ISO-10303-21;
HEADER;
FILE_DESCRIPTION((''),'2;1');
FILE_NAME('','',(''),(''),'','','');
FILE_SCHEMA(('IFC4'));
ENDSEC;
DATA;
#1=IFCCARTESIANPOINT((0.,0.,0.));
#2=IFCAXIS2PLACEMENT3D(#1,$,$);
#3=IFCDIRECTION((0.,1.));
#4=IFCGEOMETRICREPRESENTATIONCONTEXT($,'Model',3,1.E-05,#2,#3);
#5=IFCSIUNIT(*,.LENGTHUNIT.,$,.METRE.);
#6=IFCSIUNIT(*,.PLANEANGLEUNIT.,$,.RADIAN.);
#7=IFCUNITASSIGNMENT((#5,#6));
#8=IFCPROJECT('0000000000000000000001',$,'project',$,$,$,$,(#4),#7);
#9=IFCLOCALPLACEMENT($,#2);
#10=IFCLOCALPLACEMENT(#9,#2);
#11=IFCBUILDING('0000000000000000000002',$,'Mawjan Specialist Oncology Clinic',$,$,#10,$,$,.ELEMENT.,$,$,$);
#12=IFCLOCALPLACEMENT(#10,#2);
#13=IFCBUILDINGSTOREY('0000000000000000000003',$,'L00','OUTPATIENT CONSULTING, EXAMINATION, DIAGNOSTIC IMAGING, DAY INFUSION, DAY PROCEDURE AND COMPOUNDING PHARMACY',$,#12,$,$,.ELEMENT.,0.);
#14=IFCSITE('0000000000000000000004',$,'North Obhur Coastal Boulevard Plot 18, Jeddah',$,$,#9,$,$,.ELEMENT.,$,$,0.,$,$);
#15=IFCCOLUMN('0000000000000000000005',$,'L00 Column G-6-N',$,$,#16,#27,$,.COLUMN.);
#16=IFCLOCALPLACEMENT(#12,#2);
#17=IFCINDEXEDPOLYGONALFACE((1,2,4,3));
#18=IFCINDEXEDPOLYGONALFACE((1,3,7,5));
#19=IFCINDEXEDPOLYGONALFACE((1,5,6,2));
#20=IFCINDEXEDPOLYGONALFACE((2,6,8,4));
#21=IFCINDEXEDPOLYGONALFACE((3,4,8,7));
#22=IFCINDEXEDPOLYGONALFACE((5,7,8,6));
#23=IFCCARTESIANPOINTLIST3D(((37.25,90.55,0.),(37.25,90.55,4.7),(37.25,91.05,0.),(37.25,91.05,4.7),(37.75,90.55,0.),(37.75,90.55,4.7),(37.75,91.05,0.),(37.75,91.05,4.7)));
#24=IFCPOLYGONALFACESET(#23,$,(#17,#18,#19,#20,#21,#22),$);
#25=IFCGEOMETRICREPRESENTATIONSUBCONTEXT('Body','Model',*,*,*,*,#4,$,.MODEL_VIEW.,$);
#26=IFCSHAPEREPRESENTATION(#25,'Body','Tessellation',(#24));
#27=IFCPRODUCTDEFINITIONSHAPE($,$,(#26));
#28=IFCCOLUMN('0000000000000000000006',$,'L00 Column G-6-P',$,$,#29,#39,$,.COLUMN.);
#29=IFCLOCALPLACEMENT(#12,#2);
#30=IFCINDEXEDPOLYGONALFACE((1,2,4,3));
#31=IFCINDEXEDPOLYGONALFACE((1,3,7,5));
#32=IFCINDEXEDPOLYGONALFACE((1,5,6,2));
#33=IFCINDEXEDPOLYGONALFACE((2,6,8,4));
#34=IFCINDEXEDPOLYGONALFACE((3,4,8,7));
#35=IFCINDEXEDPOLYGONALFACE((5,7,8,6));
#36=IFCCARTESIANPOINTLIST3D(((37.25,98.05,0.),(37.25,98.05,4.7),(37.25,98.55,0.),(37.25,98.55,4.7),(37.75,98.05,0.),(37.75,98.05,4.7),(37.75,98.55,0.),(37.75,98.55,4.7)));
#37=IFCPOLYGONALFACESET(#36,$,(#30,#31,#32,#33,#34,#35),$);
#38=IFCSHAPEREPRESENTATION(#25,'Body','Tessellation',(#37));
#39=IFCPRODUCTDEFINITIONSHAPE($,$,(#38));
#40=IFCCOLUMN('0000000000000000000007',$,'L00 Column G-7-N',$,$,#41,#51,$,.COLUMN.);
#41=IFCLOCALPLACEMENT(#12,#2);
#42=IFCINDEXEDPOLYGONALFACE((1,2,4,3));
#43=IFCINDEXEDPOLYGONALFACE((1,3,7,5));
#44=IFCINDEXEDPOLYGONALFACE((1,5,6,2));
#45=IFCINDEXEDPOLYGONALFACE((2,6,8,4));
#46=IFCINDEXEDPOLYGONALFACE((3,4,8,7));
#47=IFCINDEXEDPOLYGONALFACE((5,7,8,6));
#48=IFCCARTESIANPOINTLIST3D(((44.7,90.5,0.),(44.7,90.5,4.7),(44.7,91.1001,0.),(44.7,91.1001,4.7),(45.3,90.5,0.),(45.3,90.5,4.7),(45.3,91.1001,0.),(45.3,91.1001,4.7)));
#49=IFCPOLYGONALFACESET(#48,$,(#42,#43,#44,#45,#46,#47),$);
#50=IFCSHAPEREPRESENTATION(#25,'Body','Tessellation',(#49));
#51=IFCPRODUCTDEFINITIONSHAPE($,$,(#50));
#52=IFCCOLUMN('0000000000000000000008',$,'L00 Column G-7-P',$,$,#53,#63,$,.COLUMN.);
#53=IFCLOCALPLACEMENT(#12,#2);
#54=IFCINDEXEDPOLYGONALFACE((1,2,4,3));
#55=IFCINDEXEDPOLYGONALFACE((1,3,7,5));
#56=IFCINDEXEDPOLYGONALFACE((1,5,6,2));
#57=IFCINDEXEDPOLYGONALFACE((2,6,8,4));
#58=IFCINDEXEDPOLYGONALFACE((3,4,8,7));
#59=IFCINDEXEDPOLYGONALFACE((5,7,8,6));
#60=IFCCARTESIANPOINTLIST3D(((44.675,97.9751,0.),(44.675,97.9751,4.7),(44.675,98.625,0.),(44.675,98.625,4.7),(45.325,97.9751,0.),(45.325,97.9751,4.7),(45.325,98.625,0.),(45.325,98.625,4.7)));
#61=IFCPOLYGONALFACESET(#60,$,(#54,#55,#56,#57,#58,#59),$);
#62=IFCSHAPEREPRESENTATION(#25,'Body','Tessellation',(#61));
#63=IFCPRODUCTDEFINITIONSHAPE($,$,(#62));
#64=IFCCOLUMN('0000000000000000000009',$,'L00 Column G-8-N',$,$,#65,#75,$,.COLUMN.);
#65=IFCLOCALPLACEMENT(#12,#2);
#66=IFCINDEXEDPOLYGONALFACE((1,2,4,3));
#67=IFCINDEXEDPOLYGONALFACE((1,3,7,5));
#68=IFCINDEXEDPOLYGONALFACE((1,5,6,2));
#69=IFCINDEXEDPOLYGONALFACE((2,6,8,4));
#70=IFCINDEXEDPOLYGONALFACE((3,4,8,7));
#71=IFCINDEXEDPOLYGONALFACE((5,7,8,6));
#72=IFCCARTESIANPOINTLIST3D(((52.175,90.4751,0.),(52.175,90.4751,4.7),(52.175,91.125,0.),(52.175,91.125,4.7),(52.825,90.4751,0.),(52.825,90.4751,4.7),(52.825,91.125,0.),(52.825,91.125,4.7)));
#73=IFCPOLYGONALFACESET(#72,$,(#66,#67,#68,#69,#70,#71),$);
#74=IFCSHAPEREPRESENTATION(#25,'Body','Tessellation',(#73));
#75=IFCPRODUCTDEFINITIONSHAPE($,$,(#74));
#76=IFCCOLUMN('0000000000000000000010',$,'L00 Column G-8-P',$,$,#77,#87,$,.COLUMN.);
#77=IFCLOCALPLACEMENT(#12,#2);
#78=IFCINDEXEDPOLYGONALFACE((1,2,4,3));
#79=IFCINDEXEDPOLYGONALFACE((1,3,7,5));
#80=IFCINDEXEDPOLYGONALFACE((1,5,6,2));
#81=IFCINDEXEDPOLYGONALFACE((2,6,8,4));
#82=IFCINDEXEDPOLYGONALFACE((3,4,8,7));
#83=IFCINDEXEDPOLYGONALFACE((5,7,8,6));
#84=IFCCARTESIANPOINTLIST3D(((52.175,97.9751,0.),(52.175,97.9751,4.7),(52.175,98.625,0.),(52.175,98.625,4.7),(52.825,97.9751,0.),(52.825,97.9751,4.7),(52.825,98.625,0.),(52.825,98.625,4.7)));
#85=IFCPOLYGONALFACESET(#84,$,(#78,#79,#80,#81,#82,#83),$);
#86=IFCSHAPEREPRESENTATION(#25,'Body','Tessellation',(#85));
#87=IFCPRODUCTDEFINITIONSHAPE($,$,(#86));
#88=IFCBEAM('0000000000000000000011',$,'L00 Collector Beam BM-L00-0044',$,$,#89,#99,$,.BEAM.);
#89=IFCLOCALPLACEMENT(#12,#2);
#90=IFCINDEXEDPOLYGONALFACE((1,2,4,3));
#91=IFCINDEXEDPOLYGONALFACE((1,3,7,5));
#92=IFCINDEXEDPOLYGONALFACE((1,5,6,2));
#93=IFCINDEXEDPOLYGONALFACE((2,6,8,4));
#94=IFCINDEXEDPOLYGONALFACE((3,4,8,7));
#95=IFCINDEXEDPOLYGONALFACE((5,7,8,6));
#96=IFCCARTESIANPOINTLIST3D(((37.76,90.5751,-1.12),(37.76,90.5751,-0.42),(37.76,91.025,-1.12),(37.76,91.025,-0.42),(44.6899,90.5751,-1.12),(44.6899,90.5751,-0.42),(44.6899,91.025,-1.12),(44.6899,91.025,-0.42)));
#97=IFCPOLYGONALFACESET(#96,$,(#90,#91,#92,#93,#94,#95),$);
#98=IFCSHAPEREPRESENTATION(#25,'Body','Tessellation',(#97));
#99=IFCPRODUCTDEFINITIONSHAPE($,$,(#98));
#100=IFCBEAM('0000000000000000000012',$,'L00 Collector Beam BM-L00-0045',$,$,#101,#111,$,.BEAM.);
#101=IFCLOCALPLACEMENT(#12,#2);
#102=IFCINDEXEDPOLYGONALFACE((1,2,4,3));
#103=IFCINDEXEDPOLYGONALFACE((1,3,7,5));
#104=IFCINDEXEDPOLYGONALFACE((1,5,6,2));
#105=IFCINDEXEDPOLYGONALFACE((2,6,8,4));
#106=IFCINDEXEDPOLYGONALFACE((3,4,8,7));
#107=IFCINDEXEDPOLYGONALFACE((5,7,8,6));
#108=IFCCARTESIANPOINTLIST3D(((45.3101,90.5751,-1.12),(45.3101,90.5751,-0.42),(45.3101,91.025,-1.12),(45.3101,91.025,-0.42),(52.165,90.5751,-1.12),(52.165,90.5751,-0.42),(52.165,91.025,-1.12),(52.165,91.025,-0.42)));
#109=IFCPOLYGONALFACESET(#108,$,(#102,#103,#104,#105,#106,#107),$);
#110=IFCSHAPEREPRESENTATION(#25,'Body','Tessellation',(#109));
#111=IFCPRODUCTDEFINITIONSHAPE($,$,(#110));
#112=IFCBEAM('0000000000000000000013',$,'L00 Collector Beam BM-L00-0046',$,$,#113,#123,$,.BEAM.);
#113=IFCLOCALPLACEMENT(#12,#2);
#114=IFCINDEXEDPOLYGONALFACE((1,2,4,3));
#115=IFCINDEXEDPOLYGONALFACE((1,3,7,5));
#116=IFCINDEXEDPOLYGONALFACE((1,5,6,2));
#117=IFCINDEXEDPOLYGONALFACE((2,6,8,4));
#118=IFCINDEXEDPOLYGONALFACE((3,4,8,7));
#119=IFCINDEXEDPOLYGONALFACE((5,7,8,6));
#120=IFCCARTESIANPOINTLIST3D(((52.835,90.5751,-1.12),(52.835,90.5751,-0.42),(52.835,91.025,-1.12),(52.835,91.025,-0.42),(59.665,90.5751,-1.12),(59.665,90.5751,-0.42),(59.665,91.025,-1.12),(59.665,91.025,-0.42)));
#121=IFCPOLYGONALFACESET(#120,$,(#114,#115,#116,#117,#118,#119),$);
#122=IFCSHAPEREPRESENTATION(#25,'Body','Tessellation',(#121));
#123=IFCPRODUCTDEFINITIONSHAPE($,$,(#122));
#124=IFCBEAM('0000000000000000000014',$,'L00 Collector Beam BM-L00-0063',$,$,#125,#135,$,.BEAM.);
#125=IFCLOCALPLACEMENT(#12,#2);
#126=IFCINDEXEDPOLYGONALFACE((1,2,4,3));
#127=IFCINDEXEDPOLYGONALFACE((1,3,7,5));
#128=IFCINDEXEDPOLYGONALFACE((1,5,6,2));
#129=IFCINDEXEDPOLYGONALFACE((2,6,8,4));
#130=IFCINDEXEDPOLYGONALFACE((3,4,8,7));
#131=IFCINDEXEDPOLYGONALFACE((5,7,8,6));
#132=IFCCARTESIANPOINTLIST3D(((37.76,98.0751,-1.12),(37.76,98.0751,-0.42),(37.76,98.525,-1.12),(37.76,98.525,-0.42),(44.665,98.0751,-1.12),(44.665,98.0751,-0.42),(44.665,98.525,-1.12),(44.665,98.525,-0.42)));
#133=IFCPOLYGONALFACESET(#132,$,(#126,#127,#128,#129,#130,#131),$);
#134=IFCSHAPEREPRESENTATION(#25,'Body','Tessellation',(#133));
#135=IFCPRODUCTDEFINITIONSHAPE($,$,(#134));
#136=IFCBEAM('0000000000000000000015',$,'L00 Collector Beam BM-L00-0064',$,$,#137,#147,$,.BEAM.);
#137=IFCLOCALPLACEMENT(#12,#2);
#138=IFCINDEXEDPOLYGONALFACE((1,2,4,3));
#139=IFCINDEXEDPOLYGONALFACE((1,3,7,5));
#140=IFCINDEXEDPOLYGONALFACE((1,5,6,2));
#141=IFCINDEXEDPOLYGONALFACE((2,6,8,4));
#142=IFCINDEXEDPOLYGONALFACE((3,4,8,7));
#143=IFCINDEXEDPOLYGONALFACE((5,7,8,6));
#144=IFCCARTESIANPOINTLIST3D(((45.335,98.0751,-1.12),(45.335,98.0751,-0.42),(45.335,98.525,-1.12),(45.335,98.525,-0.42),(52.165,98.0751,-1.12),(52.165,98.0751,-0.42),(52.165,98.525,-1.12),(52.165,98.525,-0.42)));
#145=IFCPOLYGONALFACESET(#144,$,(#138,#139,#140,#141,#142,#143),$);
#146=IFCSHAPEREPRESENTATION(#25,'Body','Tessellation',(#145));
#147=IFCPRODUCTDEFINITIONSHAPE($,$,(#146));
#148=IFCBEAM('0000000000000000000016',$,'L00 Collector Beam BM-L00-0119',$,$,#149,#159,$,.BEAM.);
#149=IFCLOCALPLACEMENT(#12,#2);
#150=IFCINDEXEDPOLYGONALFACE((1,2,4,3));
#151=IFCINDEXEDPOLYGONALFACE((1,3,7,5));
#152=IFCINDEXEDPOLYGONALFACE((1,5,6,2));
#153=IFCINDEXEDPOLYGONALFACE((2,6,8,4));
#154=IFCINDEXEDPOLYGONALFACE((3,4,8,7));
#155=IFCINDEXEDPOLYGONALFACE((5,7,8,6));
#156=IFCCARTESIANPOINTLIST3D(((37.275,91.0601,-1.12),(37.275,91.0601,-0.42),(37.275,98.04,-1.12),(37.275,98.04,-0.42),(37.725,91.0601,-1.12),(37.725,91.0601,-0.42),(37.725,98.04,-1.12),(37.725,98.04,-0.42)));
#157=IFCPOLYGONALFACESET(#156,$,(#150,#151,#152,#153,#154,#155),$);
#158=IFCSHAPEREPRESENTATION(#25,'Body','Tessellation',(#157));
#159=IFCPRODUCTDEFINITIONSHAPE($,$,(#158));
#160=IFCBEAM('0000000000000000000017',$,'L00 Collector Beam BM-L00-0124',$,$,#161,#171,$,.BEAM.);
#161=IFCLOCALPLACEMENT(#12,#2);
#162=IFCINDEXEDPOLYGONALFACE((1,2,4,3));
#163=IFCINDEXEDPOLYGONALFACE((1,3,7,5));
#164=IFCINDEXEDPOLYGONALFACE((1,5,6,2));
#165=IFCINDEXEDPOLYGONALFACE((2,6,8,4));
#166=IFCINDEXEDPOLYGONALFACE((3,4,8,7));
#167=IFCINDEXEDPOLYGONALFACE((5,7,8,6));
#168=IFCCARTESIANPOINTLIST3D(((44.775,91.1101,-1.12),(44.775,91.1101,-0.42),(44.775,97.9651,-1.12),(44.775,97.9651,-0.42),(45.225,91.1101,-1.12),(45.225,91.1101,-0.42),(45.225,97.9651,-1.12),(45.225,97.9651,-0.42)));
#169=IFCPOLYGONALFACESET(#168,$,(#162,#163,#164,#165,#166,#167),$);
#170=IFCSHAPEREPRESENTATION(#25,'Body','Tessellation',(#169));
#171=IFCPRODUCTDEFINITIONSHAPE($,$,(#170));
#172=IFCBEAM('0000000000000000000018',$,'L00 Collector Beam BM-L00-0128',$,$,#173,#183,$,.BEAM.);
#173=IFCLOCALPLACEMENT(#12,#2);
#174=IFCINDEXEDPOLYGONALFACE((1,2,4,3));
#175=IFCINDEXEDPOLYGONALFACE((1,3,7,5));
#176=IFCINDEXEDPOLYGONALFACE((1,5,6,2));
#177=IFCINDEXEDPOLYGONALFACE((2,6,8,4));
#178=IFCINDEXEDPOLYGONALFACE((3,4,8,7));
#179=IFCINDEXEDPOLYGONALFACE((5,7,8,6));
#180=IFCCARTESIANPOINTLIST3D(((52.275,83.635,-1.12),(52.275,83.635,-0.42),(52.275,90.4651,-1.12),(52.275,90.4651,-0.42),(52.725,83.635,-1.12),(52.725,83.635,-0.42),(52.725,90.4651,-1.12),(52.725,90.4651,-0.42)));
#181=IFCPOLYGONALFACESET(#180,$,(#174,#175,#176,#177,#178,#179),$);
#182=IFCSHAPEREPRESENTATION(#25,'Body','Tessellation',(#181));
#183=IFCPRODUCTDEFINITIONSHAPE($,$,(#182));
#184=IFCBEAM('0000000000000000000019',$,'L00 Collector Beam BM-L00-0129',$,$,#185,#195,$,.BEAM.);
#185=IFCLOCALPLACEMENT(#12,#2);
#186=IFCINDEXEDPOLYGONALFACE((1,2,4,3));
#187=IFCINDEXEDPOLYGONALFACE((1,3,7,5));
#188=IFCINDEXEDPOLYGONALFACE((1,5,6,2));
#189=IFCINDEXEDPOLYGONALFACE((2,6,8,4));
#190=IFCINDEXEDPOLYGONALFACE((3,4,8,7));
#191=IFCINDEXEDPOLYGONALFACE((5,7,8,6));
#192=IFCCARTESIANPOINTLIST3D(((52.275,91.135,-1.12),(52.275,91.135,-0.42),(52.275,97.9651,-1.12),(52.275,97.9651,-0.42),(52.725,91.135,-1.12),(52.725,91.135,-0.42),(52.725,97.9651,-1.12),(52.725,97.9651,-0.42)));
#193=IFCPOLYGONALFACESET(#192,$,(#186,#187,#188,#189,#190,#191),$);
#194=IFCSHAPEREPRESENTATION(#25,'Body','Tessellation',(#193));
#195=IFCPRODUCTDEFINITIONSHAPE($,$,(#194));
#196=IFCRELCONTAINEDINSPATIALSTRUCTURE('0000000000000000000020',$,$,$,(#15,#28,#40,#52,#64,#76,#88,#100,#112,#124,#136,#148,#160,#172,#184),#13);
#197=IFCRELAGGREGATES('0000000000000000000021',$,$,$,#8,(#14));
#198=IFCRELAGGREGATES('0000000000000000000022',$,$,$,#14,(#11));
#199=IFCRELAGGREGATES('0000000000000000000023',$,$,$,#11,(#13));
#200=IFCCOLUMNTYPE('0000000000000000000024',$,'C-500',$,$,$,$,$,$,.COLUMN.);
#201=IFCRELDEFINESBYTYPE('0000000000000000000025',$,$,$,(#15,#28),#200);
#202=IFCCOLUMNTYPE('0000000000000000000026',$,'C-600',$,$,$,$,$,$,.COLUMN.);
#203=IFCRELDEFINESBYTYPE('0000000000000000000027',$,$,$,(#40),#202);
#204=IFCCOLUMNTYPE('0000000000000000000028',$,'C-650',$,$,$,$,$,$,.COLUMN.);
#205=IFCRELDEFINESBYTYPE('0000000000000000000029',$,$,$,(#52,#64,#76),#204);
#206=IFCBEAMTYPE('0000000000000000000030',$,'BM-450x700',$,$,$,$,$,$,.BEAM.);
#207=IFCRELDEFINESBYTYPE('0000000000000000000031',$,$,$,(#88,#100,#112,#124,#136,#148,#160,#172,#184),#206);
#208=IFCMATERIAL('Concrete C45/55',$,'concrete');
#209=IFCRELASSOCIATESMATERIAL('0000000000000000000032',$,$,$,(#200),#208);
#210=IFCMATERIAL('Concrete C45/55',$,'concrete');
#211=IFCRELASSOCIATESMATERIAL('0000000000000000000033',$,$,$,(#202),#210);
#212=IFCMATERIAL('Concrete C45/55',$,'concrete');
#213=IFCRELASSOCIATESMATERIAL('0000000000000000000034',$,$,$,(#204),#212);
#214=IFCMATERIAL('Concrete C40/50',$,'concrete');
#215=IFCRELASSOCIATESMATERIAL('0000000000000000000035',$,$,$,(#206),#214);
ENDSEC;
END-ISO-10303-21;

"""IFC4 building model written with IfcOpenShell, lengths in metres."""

from ifc_helpers import new_model, si_unit, direction, frame, origin, origin_2d, place, context, subcontext, project, spatial, rectangle, extrude, material, material_profile, profile_set, type_object, element, save


model = new_model("IFC4")

# Units and contexts
model_context = context("Model", 3, precision=1e-05, world=origin(), true_north=direction((0.0, 1.0)))
body_context = subcontext(model_context, "Body", "Model", "MODEL_VIEW")
ifc_project = project(units=[si_unit("LENGTHUNIT", "METRE"), si_unit("PLANEANGLEUNIT", "RADIAN")], contexts=[model_context])

# Site, building, storey
site_placement = place(None, origin())
site = spatial("IfcSite", under=ifc_project, at=site_placement, Name="North Obhur Coastal Boulevard Plot 18, Jeddah", CompositionType="ELEMENT", RefElevation=0.0)
building_placement = place(site_placement, origin())
building = spatial("IfcBuilding", under=site, at=building_placement, Name="Mawjan Specialist Oncology Clinic", CompositionType="ELEMENT")
storey_placement = place(building_placement, origin())
storey = spatial("IfcBuildingStorey", under=building, at=storey_placement, Name="L00", Description="OUTPATIENT CONSULTING, EXAMINATION, DIAGNOSTIC IMAGING, DAY INFUSION, DAY PROCEDURE AND COMPOUNDING PHARMACY", CompositionType="ELEMENT", Elevation=0.0)

# Columns
ifc_material_1 = material(Name="Concrete C45/55", Category="concrete")
ifc_material_profile_1 = material_profile(ifc_material_1, rectangle(XDim=0.5, YDim=0.5, at=origin_2d()), Name="RC COL 500x500", Category="concrete")
ifc_profile_set_1 = profile_set([ifc_material_profile_1], Name="Concrete C45/55")
column_type_1 = type_object("IfcColumnType", Name="C-500", PredefinedType="COLUMN", material=ifc_profile_set_1)
for number, where, z_axis, x_axis, name in (
    (1, (37.5, 90.8, 0.0), (0.0, 0.0, 1.0), (1.0, 0.0, 0.0), "L00 Column G-6-N"),
    (2, (37.5, 98.3, 0.0), (0.0, 0.0, 1.0), (1.0, 0.0, 0.0), "L00 Column G-6-P"),
):
    element("IfcColumn", number, at=place(storey_placement, frame(where, z_axis=z_axis, x_axis=x_axis)), inside=storey, type_object=column_type_1, Name=name, PredefinedType="COLUMN", context=body_context, shape_type="SweptSolid", body=[
        extrude(rectangle(XDim=0.5, YDim=0.5, at=origin_2d()), origin(), (0.0, 0.0, 1.0), 4.7),
    ])
ifc_material_2 = material(Name="Concrete C45/55", Category="concrete")
ifc_material_profile_2 = material_profile(ifc_material_2, rectangle(XDim=0.6001, YDim=0.6001, at=origin_2d()), Name="RC COL 600x600", Category="concrete")
ifc_profile_set_2 = profile_set([ifc_material_profile_2], Name="Concrete C45/55")
column_type_2 = type_object("IfcColumnType", Name="C-600", PredefinedType="COLUMN", material=ifc_profile_set_2)
column_placement = place(storey_placement, frame((45.0, 90.8, 0.0), z_axis=(0.0, 0.0, 1.0), x_axis=(1.0, 0.0, 0.0)))
element("IfcColumn", 3, at=column_placement, inside=storey, type_object=column_type_2, Name="L00 Column G-7-N", PredefinedType="COLUMN", context=body_context, shape_type="SweptSolid", body=[
    extrude(rectangle(XDim=0.6001, YDim=0.6001, at=origin_2d()), origin(), (0.0, 0.0, 1.0), 4.7),
])
ifc_material_3 = material(Name="Concrete C45/55", Category="concrete")
ifc_material_profile_3 = material_profile(ifc_material_3, rectangle(XDim=0.6499, YDim=0.6499, at=origin_2d()), Name="RC COL 650x650", Category="concrete")
ifc_profile_set_3 = profile_set([ifc_material_profile_3], Name="Concrete C45/55")
column_type_3 = type_object("IfcColumnType", Name="C-650", PredefinedType="COLUMN", material=ifc_profile_set_3)
for number, where, z_axis, x_axis, name in (
    (4, (45.0, 98.3, 0.0), (0.0, 0.0, 1.0), (1.0, 0.0, 0.0), "L00 Column G-7-P"),
    (5, (52.5, 90.8, 0.0), (0.0, 0.0, 1.0), (1.0, 0.0, 0.0), "L00 Column G-8-N"),
    (6, (52.5, 98.3, 0.0), (0.0, 0.0, 1.0), (1.0, 0.0, 0.0), "L00 Column G-8-P"),
):
    element("IfcColumn", number, at=place(storey_placement, frame(where, z_axis=z_axis, x_axis=x_axis)), inside=storey, type_object=column_type_3, Name=name, PredefinedType="COLUMN", context=body_context, shape_type="SweptSolid", body=[
        extrude(rectangle(XDim=0.6499, YDim=0.6499, at=origin_2d()), origin(), (0.0, 0.0, 1.0), 4.7),
    ])

# Beams
ifc_material_4 = material(Name="Concrete C40/50", Category="concrete")
ifc_material_profile_4 = material_profile(ifc_material_4, rectangle(XDim=0.45, YDim=0.7, at=origin_2d()), Name="RC BM 450x700", Category="concrete")
ifc_profile_set_4 = profile_set([ifc_material_profile_4], Name="Concrete C40/50")
beam_type = type_object("IfcBeamType", Name="BM-450x700", PredefinedType="BEAM", material=ifc_profile_set_4)
beam_1_placement = place(storey_placement, frame((37.76, 90.8, -0.77), z_axis=(1.0, 0.0, 0.0), x_axis=(0.0, 1.0, 0.0)))
element("IfcBeam", 7, at=beam_1_placement, inside=storey, type_object=beam_type, Name="L00 Collector Beam BM-L00-0044", PredefinedType="BEAM", context=body_context, shape_type="SweptSolid", body=[
    extrude(rectangle(XDim=0.45, YDim=0.7, at=origin_2d()), origin(), (0.0, 0.0, 1.0), 6.9299),
])
beam_2_placement = place(storey_placement, frame((45.3101, 90.8, -0.77), z_axis=(1.0, 0.0, 0.0), x_axis=(0.0, 1.0, 0.0)))
element("IfcBeam", 8, at=beam_2_placement, inside=storey, type_object=beam_type, Name="L00 Collector Beam BM-L00-0045", PredefinedType="BEAM", context=body_context, shape_type="SweptSolid", body=[
    extrude(rectangle(XDim=0.45, YDim=0.7, at=origin_2d()), origin(), (0.0, 0.0, 1.0), 6.855),
])
beam_3_placement = place(storey_placement, frame((52.835, 90.8, -0.77), z_axis=(1.0, 0.0, 0.0), x_axis=(0.0, 1.0, 0.0)))
element("IfcBeam", 9, at=beam_3_placement, inside=storey, type_object=beam_type, Name="L00 Collector Beam BM-L00-0046", PredefinedType="BEAM", context=body_context, shape_type="SweptSolid", body=[
    extrude(rectangle(XDim=0.45, YDim=0.7, at=origin_2d()), origin(), (0.0, 0.0, 1.0), 6.8301),
])
beam_4_placement = place(storey_placement, frame((37.76, 98.3, -0.77), z_axis=(1.0, 0.0, 0.0), x_axis=(0.0, 1.0, 0.0)))
element("IfcBeam", 10, at=beam_4_placement, inside=storey, type_object=beam_type, Name="L00 Collector Beam BM-L00-0063", PredefinedType="BEAM", context=body_context, shape_type="SweptSolid", body=[
    extrude(rectangle(XDim=0.45, YDim=0.7, at=origin_2d()), origin(), (0.0, 0.0, 1.0), 6.905),
])
beam_5_placement = place(storey_placement, frame((45.335, 98.3, -0.77), z_axis=(1.0, 0.0, 0.0), x_axis=(0.0, 1.0, 0.0)))
element("IfcBeam", 11, at=beam_5_placement, inside=storey, type_object=beam_type, Name="L00 Collector Beam BM-L00-0064", PredefinedType="BEAM", context=body_context, shape_type="SweptSolid", body=[
    extrude(rectangle(XDim=0.45, YDim=0.7, at=origin_2d()), origin(), (0.0, 0.0, 1.0), 6.8301),
])
beam_6_placement = place(storey_placement, frame((37.5, 91.0601, -0.77), z_axis=(0.0, 1.0, 0.0), x_axis=(-1.0, 0.0, 0.0)))
element("IfcBeam", 12, at=beam_6_placement, inside=storey, type_object=beam_type, Name="L00 Collector Beam BM-L00-0119", PredefinedType="BEAM", context=body_context, shape_type="SweptSolid", body=[
    extrude(rectangle(XDim=0.45, YDim=0.7, at=origin_2d()), origin(), (0.0, 0.0, 1.0), 6.98),
])
beam_7_placement = place(storey_placement, frame((45.0, 91.1101, -0.77), z_axis=(0.0, 1.0, 0.0), x_axis=(-1.0, 0.0, 0.0)))
element("IfcBeam", 13, at=beam_7_placement, inside=storey, type_object=beam_type, Name="L00 Collector Beam BM-L00-0124", PredefinedType="BEAM", context=body_context, shape_type="SweptSolid", body=[
    extrude(rectangle(XDim=0.45, YDim=0.7, at=origin_2d()), origin(), (0.0, 0.0, 1.0), 6.855),
])
for number, where, z_axis, x_axis, name in (
    (14, (52.5, 83.635, -0.77), (0.0, 1.0, 0.0), (-1.0, 0.0, 0.0), "L00 Collector Beam BM-L00-0128"),
    (15, (52.5, 91.135, -0.77), (0.0, 1.0, 0.0), (-1.0, 0.0, 0.0), "L00 Collector Beam BM-L00-0129"),
):
    element("IfcBeam", number, at=place(storey_placement, frame(where, z_axis=z_axis, x_axis=x_axis)), inside=storey, type_object=beam_type, Name=name, PredefinedType="BEAM", context=body_context, shape_type="SweptSolid", body=[
        extrude(rectangle(XDim=0.45, YDim=0.7, at=origin_2d()), origin(), (0.0, 0.0, 1.0), 6.8301),
    ])

save(model, "model.ifc")
